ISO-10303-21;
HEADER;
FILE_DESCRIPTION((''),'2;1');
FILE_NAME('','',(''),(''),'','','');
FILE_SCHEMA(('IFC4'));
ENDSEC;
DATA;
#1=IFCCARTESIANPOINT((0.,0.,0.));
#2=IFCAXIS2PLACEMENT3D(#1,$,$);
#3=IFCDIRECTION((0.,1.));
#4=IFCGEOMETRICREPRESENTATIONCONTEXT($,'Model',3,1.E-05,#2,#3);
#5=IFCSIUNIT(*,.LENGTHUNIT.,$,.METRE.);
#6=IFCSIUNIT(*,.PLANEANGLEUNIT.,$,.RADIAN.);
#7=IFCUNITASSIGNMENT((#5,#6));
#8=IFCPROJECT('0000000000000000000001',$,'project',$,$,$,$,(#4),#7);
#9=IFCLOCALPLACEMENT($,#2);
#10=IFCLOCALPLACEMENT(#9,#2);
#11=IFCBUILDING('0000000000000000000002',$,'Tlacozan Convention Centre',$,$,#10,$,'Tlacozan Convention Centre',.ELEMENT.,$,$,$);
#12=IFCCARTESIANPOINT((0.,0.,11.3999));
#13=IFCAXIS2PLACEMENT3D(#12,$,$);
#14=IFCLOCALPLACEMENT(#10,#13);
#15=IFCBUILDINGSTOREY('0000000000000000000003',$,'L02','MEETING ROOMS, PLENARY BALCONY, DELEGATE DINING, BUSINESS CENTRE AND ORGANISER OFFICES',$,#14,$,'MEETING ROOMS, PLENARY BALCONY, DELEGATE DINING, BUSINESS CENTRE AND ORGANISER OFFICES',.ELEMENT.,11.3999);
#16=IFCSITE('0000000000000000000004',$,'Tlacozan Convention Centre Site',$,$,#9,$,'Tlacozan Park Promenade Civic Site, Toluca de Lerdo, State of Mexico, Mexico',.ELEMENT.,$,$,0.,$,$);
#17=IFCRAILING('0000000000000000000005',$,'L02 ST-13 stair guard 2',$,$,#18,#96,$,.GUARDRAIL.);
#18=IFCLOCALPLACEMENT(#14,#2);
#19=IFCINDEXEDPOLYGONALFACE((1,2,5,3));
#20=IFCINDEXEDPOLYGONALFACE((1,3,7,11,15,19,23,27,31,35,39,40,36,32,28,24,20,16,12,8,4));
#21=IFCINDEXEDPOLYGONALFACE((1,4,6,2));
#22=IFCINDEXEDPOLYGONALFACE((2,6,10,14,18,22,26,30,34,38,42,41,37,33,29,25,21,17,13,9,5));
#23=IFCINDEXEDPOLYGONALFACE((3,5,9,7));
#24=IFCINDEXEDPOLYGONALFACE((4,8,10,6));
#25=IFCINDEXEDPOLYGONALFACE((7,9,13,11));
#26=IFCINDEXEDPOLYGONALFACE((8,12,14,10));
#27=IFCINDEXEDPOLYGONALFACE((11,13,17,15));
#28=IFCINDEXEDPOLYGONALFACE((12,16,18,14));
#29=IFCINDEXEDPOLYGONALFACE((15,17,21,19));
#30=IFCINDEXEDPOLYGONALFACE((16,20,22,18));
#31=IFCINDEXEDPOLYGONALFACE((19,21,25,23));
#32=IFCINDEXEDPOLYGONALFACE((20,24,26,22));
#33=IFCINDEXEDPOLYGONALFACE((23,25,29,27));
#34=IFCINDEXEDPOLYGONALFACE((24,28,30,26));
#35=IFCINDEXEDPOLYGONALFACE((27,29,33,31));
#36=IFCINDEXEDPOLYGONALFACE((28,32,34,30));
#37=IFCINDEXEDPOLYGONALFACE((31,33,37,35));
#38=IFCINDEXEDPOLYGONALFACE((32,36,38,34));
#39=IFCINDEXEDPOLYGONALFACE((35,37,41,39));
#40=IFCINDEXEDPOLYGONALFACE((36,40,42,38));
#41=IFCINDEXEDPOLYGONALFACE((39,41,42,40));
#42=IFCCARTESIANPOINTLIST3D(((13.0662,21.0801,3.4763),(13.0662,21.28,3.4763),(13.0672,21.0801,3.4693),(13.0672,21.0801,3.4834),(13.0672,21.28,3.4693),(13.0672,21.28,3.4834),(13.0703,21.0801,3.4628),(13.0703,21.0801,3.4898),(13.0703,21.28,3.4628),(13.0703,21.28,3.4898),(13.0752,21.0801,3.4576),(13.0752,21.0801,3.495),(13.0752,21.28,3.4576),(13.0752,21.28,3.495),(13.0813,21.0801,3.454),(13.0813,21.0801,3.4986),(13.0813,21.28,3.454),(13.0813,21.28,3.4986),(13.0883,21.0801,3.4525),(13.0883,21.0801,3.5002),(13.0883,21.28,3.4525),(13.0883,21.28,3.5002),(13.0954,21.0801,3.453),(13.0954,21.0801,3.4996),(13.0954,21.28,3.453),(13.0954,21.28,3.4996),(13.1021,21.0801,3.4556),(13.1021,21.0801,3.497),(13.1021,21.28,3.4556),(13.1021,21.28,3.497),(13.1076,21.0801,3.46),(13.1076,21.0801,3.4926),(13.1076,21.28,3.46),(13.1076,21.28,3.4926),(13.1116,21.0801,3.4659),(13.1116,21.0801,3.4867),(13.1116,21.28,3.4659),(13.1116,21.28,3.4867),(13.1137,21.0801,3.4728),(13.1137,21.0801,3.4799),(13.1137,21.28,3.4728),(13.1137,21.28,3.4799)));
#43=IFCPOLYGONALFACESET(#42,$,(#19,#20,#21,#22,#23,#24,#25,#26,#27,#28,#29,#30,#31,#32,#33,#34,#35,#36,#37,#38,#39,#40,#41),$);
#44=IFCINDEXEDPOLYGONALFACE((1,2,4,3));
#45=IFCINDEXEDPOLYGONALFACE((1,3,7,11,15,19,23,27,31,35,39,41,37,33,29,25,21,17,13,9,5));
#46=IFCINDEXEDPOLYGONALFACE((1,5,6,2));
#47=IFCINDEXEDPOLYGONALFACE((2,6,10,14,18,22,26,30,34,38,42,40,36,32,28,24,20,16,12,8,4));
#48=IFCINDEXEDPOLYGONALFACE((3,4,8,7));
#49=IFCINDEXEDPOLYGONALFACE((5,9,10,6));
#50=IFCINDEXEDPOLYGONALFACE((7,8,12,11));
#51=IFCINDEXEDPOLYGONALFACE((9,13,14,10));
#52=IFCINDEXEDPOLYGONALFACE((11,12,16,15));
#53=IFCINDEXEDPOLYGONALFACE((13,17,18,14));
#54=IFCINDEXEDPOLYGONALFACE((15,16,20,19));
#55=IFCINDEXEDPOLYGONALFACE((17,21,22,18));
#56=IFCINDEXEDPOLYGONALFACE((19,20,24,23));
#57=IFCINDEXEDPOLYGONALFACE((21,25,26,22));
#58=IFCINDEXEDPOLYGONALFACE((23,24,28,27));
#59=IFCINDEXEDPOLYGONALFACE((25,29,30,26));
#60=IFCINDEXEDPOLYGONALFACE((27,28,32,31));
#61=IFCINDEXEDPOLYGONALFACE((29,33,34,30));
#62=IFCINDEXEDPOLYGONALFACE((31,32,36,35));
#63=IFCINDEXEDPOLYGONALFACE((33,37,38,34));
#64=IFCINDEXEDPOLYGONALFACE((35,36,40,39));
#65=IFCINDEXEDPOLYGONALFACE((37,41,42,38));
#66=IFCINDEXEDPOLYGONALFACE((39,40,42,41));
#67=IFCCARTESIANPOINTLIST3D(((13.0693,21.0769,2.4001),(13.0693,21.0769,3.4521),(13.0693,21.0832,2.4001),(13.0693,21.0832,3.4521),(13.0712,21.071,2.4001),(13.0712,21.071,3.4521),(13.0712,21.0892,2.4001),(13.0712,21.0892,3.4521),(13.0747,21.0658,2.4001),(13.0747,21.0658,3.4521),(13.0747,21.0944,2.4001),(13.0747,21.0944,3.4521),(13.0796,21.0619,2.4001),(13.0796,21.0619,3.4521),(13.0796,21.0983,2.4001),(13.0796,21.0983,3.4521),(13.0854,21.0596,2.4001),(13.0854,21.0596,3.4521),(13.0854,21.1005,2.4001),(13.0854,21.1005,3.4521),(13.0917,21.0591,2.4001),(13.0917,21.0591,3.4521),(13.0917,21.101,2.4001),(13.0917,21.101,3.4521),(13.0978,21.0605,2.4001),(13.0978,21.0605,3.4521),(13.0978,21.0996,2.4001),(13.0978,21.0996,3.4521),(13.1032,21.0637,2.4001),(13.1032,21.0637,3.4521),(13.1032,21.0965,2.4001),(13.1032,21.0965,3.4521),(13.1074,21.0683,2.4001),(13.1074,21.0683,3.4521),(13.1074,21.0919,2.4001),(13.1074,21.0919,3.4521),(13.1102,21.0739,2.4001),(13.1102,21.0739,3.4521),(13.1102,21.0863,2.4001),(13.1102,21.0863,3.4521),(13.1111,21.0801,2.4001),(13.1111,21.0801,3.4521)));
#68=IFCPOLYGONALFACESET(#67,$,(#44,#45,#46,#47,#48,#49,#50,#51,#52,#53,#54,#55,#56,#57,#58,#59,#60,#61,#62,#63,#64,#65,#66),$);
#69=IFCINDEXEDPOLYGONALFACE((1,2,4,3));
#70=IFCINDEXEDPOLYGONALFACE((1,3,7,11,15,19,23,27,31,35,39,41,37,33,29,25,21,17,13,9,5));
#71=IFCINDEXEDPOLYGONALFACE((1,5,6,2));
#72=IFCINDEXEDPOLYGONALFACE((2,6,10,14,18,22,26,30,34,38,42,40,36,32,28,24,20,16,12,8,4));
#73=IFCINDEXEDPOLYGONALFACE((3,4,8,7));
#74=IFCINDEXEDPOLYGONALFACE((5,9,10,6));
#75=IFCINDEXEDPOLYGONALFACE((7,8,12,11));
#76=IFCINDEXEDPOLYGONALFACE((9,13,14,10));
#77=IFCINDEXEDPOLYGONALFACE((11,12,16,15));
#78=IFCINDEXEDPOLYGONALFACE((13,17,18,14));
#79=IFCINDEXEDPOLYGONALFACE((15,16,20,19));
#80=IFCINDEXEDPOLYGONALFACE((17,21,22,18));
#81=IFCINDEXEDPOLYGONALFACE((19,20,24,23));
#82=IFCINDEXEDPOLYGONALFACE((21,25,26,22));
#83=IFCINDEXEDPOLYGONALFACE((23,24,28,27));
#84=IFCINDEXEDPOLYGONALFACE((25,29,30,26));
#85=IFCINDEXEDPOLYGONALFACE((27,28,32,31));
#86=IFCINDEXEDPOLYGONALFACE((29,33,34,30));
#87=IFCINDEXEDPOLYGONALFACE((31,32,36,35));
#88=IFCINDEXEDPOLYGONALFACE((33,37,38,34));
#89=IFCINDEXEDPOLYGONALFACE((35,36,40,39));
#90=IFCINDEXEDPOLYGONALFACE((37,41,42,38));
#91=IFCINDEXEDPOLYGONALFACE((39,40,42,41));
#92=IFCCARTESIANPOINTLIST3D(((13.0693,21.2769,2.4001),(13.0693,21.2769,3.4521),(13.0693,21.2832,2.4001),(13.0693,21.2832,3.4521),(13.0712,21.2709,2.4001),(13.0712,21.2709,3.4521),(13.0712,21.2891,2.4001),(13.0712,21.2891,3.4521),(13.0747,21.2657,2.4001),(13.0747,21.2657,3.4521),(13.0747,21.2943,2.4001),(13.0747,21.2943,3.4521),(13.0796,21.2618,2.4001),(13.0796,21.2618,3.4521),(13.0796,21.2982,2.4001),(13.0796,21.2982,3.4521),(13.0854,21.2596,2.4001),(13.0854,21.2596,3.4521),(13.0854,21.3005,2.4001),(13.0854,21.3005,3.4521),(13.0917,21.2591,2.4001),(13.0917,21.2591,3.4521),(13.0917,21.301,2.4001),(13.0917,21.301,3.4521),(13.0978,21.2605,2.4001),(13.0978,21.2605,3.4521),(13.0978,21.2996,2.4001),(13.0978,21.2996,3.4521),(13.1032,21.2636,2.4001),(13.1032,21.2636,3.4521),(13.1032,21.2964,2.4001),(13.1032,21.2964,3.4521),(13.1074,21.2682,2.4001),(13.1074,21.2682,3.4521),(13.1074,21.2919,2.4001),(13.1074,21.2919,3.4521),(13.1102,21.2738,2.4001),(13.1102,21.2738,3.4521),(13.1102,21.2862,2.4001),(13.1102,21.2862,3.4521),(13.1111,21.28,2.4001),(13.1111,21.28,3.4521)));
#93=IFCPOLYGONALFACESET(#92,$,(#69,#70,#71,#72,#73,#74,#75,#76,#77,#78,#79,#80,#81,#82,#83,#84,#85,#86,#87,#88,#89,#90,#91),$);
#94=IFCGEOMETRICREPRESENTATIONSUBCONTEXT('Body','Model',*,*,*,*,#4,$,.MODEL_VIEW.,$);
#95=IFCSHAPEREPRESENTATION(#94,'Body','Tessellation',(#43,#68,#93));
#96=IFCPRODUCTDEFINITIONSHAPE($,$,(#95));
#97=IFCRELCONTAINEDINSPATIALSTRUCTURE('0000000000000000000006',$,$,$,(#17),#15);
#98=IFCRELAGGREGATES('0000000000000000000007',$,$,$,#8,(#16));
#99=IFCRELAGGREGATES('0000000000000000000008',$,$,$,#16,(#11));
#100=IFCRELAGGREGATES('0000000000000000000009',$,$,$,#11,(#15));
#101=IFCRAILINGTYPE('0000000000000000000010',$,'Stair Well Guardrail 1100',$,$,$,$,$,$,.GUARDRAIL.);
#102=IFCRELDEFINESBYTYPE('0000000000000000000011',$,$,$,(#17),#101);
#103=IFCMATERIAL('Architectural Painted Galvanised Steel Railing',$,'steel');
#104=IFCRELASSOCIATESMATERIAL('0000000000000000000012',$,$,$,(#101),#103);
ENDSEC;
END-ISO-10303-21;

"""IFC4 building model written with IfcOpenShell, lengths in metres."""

from ifc_helpers import new_model, si_unit, direction, frame, origin, origin_2d, place, context, subcontext, project, spatial, circle, extrude, material, type_object, element, save


model = new_model("IFC4")

# Units and contexts
model_context = context("Model", 3, precision=1e-05, world=origin(), true_north=direction((0.0, 1.0)))
body_context = subcontext(model_context, "Body", "Model", "MODEL_VIEW")
ifc_project = project(units=[si_unit("LENGTHUNIT", "METRE"), si_unit("PLANEANGLEUNIT", "RADIAN")], contexts=[model_context])

# Site, building, storey
site_placement = place(None, origin())
site = spatial("IfcSite", under=ifc_project, at=site_placement, Name="Tlacozan Convention Centre Site", LongName="Tlacozan Park Promenade Civic Site, Toluca de Lerdo, State of Mexico, Mexico", CompositionType="ELEMENT", RefElevation=0.0)
building_placement = place(site_placement, origin())
building = spatial("IfcBuilding", under=site, at=building_placement, Name="Tlacozan Convention Centre", LongName="Tlacozan Convention Centre", CompositionType="ELEMENT")
storey_placement = place(building_placement, frame((0.0, 0.0, 11.3999)))
storey = spatial("IfcBuildingStorey", under=building, at=storey_placement, Name="L02", Description="MEETING ROOMS, PLENARY BALCONY, DELEGATE DINING, BUSINESS CENTRE AND ORGANISER OFFICES", LongName="MEETING ROOMS, PLENARY BALCONY, DELEGATE DINING, BUSINESS CENTRE AND ORGANISER OFFICES", CompositionType="ELEMENT", Elevation=11.3999)

# Railing
ifc_material_1 = material(Name="Architectural Painted Galvanised Steel Railing", Category="steel")
railing_type_1 = type_object("IfcRailingType", Name="Stair Well Guardrail 1100", PredefinedType="GUARDRAIL", material=ifc_material_1)
railing_1_placement = place(storey_placement, frame((13.0901, 21.0801, 2.4001)))
element("IfcRailing", 1, at=railing_1_placement, inside=storey, type_object=railing_type_1, Name="L02 ST-13 stair guard 2", PredefinedType="GUARDRAIL", context=body_context, shape_type="SweptSolid", body=[
    extrude(circle(Radius=0.0239, at=origin_2d()), frame((0.0, 0.0, 1.0762), z_axis=(0.0, 1.0, 0.0), x_axis=(-1.0, 0.0, 0.0)), (0.0, 0.0, 1.0), 0.2),
    extrude(circle(Radius=0.021, at=origin_2d()), origin(), (0.0, 0.0, 1.0), 1.052),
    extrude(circle(Radius=0.021, at=origin_2d()), frame((0.0, 0.2, 0.0)), (0.0, 0.0, 1.0), 1.052),
])

save(model, "model.ifc")
